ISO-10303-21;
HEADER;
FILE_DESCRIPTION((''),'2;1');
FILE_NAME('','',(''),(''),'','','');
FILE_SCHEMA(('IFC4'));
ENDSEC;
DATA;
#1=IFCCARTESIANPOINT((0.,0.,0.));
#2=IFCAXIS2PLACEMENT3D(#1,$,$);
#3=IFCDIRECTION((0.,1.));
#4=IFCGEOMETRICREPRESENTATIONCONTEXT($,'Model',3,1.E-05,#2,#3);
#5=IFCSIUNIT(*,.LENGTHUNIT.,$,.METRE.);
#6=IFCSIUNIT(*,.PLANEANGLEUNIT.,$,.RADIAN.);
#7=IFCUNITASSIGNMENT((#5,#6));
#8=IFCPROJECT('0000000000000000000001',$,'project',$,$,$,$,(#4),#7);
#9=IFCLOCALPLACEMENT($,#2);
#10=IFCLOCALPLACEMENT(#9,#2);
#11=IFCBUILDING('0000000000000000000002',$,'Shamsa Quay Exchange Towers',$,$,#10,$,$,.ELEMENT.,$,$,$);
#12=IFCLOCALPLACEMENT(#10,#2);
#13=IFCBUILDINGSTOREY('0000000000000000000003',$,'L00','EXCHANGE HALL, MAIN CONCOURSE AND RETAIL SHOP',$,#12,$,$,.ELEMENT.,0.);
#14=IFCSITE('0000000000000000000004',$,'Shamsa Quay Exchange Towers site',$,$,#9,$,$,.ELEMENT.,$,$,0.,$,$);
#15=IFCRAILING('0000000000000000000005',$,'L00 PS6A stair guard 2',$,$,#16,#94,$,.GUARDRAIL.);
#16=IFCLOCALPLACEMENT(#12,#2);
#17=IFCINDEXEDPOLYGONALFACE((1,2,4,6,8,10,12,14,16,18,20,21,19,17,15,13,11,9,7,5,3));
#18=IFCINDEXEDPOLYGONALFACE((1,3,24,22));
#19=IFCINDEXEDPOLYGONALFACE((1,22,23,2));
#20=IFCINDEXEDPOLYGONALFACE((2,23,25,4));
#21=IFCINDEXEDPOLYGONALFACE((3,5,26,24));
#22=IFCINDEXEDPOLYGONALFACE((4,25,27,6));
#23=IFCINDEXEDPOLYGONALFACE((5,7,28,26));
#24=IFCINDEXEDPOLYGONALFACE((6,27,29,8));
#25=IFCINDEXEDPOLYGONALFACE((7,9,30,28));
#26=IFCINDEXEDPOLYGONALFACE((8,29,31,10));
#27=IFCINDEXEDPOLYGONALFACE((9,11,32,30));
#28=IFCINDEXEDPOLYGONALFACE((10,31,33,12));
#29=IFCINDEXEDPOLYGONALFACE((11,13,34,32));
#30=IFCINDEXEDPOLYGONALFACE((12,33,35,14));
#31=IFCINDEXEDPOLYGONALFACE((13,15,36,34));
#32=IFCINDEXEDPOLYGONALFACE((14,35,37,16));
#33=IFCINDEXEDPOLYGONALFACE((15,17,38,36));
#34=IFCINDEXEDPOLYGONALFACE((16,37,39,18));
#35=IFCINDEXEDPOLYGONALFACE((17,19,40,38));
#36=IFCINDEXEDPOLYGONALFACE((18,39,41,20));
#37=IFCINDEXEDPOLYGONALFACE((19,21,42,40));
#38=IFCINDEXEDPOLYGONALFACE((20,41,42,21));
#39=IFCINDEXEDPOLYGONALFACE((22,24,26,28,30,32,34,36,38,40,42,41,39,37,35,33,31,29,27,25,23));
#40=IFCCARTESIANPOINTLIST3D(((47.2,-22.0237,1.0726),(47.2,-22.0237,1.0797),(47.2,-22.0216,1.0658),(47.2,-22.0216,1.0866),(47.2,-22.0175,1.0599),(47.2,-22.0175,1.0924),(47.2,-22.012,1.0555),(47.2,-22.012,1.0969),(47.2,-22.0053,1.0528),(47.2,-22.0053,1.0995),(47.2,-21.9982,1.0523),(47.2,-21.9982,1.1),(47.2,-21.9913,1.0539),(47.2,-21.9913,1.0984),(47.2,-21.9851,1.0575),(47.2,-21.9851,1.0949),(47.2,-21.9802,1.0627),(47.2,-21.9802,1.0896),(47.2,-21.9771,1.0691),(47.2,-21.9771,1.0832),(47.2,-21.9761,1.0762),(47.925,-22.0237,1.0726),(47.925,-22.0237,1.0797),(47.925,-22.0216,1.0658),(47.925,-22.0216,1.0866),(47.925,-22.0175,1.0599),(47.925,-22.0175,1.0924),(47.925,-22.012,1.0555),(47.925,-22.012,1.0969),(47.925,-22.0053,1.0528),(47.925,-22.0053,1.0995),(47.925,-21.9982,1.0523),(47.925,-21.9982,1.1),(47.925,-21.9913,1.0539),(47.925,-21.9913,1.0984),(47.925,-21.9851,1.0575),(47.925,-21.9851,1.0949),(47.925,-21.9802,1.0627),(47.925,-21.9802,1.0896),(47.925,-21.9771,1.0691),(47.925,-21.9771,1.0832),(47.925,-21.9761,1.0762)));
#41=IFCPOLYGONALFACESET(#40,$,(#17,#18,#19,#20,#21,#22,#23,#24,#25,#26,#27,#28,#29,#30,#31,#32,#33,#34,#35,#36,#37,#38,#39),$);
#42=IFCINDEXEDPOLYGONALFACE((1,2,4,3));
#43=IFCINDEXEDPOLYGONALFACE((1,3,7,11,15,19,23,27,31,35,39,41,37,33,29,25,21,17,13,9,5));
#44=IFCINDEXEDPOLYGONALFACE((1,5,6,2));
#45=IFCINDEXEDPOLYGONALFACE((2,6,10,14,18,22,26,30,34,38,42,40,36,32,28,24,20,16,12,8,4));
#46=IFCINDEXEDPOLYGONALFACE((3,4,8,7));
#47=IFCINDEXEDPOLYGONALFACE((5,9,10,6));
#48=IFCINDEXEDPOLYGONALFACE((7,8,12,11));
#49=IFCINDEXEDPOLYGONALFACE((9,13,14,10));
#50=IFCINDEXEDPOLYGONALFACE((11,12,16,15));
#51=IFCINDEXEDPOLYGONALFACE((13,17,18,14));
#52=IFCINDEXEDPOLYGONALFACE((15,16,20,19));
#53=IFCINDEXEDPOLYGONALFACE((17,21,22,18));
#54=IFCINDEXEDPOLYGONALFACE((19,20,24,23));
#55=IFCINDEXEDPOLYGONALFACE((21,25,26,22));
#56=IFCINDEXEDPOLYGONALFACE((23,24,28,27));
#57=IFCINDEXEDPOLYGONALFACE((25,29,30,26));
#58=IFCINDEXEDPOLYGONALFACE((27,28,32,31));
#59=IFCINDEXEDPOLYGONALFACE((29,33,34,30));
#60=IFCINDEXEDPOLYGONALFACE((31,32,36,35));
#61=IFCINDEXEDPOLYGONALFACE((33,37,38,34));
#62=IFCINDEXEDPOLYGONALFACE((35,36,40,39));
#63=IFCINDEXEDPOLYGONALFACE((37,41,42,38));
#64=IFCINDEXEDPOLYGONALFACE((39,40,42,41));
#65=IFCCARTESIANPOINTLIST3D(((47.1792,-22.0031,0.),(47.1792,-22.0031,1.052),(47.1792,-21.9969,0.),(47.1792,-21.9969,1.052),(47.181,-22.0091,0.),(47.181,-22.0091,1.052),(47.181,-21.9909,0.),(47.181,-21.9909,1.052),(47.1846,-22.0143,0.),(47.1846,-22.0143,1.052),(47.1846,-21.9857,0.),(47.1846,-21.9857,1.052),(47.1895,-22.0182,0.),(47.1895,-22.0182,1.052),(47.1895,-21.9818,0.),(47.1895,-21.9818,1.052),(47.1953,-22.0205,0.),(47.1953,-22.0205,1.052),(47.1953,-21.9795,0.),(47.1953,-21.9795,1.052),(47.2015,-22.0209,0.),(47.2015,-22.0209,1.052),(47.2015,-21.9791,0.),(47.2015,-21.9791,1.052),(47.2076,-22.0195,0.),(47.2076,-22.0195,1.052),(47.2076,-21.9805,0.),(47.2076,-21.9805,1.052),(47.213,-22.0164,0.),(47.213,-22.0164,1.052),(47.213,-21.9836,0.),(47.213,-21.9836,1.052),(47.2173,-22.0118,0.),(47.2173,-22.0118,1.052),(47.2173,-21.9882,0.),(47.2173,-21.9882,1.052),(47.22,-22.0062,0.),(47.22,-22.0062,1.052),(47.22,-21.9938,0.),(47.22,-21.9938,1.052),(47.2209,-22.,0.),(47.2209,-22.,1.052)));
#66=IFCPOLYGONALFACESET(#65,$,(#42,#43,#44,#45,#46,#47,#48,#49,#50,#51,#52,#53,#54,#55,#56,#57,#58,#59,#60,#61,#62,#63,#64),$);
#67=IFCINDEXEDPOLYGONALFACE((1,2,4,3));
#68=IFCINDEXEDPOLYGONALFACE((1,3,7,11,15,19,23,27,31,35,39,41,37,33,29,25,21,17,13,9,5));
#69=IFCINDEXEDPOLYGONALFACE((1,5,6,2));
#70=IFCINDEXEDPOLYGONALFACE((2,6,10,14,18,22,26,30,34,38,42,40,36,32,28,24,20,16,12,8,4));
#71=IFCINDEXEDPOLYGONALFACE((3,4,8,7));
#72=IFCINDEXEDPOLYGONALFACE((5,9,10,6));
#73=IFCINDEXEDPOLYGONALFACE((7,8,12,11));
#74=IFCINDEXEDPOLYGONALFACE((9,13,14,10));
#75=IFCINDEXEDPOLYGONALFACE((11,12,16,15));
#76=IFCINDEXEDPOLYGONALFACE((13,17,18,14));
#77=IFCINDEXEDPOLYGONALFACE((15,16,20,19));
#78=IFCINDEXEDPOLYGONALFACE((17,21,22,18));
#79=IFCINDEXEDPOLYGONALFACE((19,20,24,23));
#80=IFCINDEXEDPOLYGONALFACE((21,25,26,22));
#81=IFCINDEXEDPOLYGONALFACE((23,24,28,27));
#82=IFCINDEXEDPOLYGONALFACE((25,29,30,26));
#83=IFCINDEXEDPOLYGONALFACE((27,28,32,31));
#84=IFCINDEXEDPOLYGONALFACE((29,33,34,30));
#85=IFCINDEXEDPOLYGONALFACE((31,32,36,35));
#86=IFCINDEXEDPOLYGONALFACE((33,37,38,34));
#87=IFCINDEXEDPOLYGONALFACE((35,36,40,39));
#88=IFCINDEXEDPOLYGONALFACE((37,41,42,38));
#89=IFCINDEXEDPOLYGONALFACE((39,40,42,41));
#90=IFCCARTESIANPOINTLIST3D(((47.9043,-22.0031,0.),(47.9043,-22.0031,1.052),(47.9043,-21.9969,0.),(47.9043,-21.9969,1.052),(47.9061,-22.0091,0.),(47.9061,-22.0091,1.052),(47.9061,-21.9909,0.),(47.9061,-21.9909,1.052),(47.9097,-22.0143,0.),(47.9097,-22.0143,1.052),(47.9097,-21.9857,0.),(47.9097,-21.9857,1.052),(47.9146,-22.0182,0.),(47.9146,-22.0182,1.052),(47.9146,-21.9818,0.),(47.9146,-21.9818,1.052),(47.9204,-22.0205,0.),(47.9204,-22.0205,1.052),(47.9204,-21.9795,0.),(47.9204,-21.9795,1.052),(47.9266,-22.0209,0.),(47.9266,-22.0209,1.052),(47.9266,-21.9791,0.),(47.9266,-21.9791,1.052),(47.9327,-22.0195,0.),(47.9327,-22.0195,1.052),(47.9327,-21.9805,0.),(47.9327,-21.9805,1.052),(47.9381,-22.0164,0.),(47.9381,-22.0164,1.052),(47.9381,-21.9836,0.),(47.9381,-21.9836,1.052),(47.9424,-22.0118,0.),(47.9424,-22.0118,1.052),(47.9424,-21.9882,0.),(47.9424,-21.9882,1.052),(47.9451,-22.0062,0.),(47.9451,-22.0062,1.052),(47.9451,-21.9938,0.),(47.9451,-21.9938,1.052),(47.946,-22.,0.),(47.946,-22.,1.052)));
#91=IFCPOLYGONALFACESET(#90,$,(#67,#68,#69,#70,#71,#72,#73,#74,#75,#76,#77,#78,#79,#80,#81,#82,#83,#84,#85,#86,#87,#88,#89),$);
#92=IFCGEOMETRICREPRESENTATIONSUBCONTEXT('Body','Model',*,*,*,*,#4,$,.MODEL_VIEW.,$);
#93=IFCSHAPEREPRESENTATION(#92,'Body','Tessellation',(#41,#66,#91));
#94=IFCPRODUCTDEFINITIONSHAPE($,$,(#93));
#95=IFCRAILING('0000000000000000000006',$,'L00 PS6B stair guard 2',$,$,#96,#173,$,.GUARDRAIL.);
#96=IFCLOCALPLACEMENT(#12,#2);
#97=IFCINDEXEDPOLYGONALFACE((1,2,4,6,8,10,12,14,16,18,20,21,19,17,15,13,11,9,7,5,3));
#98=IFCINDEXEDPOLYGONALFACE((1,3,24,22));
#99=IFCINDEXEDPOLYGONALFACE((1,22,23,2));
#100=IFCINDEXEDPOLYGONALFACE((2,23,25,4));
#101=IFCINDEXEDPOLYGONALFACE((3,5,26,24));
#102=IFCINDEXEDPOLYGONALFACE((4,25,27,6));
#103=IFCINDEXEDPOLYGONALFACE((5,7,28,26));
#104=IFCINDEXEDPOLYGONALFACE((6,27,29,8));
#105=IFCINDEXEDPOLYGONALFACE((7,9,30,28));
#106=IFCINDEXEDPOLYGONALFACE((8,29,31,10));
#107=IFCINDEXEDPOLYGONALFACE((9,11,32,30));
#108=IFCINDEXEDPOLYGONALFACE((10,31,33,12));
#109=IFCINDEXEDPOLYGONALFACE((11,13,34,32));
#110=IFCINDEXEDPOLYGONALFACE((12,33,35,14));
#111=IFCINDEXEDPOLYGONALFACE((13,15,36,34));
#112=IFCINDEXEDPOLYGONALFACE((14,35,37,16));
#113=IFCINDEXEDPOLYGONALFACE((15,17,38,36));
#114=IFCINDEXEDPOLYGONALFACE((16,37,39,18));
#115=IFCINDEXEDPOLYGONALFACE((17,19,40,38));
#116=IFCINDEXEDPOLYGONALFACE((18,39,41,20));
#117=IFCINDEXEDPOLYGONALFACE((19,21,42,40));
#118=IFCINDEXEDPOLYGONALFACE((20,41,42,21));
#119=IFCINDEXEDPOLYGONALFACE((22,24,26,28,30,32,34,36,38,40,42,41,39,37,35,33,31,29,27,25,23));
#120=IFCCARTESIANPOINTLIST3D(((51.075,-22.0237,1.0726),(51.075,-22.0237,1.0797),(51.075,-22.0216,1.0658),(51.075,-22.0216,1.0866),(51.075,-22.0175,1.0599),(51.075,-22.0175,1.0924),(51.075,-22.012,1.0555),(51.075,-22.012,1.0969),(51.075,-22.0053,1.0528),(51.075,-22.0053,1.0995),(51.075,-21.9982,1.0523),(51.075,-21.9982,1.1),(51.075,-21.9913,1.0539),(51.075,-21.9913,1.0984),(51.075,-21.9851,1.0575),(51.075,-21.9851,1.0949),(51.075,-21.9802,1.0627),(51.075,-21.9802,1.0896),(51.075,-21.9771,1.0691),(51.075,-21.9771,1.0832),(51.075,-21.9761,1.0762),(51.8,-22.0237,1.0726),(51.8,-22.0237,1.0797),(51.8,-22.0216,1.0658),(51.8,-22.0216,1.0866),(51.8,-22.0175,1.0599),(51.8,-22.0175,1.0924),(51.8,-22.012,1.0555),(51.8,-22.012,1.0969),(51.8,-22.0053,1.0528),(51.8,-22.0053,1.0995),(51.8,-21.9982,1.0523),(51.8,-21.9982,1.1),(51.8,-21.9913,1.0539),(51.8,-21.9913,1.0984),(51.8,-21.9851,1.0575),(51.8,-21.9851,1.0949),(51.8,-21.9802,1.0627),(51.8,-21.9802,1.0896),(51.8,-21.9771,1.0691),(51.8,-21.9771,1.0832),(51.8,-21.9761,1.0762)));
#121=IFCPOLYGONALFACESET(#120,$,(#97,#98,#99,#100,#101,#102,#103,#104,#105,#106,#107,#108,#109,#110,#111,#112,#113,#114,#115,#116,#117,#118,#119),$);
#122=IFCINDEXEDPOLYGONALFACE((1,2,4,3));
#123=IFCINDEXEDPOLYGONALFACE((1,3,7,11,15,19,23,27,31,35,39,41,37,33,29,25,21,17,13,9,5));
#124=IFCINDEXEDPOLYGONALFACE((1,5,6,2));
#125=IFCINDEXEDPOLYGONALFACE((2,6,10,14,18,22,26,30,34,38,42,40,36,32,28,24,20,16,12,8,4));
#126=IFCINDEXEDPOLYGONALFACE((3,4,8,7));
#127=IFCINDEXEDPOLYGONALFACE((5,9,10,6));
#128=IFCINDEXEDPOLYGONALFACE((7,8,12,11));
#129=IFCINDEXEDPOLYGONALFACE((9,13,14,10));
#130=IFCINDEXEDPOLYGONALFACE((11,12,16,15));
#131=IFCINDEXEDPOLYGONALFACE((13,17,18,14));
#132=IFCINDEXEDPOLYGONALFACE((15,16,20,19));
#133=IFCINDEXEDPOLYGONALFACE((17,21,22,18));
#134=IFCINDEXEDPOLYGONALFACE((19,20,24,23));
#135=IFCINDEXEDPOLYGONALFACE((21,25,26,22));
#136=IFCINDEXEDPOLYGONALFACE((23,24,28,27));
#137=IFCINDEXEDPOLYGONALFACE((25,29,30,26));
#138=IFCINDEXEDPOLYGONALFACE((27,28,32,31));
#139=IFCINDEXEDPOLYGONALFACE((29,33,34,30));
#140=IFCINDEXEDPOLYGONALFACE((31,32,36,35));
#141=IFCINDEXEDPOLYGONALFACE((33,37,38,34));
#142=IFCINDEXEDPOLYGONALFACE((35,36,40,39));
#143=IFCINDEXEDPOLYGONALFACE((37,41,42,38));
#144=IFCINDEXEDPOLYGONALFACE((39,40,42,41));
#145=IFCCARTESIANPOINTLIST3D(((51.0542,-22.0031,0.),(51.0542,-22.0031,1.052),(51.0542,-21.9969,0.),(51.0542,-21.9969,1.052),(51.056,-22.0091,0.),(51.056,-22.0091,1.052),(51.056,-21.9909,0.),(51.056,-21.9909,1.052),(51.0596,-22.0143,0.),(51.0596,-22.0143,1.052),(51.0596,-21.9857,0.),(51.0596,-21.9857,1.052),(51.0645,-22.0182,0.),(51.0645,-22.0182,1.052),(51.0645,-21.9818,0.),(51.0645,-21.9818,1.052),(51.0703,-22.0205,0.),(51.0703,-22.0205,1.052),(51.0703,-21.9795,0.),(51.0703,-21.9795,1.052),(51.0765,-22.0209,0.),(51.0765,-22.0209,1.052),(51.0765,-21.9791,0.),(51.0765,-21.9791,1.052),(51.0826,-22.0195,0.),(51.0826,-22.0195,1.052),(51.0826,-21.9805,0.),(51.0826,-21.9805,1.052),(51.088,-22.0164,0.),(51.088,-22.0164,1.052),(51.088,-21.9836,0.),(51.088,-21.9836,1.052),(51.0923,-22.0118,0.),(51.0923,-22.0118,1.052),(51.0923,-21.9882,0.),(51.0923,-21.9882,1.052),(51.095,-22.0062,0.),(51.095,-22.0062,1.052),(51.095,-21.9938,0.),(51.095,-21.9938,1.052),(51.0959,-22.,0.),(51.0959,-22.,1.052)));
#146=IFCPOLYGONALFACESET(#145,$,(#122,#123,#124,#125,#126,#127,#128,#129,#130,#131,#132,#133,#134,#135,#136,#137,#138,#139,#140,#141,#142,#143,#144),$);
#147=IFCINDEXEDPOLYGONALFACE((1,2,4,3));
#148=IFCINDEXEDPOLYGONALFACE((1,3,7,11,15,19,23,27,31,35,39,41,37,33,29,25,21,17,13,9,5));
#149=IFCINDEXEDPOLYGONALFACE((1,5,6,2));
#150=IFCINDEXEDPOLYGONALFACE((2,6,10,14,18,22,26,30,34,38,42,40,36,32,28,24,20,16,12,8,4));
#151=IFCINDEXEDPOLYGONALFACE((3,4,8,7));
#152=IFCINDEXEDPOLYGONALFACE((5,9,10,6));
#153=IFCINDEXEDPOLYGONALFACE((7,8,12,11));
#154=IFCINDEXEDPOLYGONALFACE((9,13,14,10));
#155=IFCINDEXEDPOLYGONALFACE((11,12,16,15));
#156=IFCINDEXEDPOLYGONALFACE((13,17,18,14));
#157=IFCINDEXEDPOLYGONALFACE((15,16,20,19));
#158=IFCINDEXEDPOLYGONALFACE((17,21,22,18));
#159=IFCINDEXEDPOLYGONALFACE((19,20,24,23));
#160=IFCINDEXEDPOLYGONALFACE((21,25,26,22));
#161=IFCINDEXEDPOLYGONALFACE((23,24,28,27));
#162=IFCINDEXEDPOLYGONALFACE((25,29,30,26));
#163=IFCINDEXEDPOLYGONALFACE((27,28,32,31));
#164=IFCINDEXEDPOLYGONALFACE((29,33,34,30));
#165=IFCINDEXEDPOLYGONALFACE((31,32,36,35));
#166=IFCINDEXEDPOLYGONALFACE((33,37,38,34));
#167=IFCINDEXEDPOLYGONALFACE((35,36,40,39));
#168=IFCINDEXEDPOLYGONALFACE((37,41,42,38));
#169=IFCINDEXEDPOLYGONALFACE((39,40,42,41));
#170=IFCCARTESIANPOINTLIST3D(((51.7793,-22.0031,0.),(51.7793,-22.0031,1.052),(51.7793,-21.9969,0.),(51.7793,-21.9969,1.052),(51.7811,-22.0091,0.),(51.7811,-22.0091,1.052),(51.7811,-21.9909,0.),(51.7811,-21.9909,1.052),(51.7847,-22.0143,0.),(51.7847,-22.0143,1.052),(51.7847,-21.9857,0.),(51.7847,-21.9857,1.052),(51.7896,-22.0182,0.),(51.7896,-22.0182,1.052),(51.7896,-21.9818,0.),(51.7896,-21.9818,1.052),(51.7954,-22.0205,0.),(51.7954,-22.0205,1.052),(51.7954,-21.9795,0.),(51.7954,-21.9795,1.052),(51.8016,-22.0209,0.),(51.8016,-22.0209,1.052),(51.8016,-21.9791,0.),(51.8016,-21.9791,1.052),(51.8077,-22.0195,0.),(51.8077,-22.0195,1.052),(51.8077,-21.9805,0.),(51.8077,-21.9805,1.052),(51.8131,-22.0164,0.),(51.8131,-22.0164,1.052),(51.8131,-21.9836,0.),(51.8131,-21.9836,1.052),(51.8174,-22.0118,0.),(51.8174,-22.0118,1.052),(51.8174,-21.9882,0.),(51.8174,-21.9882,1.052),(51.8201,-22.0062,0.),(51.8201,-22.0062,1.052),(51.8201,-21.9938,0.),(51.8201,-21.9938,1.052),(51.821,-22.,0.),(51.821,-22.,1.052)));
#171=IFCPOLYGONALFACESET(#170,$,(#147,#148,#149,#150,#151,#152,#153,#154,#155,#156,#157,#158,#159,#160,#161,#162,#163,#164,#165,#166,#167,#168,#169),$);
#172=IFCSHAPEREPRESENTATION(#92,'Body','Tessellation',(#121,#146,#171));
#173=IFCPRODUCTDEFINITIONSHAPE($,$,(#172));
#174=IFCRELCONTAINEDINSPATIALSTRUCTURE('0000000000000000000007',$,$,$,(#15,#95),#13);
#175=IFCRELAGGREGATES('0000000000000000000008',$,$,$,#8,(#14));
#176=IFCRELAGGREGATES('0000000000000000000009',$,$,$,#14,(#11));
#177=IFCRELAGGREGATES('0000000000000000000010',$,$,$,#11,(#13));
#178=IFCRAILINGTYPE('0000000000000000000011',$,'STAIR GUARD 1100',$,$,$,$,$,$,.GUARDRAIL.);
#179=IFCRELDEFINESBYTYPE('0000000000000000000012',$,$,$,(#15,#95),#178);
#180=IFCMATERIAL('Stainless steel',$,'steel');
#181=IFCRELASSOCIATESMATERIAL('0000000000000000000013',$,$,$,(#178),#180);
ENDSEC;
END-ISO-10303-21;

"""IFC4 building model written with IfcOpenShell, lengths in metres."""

from ifc_helpers import new_model, si_unit, direction, frame, origin, origin_2d, place, context, subcontext, project, spatial, circle, extrude, material, type_object, element, save


model = new_model("IFC4")

# Units and contexts
model_context = context("Model", 3, precision=1e-05, world=origin(), true_north=direction((0.0, 1.0)))
body_context = subcontext(model_context, "Body", "Model", "MODEL_VIEW")
ifc_project = project(units=[si_unit("LENGTHUNIT", "METRE"), si_unit("PLANEANGLEUNIT", "RADIAN")], contexts=[model_context])

# Site, building, storey
site_placement = place(None, origin())
site = spatial("IfcSite", under=ifc_project, at=site_placement, Name="Shamsa Quay Exchange Towers site", CompositionType="ELEMENT", RefElevation=0.0)
building_placement = place(site_placement, origin())
building = spatial("IfcBuilding", under=site, at=building_placement, Name="Shamsa Quay Exchange Towers", CompositionType="ELEMENT")
storey_placement = place(building_placement, origin())
storey = spatial("IfcBuildingStorey", under=building, at=storey_placement, Name="L00", Description="EXCHANGE HALL, MAIN CONCOURSE AND RETAIL SHOP", CompositionType="ELEMENT", Elevation=0.0)

# Railings
ifc_material_1 = material(Name="Stainless steel", Category="steel")
railing_type_1 = type_object("IfcRailingType", Name="STAIR GUARD 1100", PredefinedType="GUARDRAIL", material=ifc_material_1)
railing_1_placement = place(storey_placement, frame((47.2, -22.0, 0.0)))
element("IfcRailing", 1, at=railing_1_placement, inside=storey, type_object=railing_type_1, Name="L00 PS6A stair guard 2", PredefinedType="GUARDRAIL", context=body_context, shape_type="SweptSolid", body=[
    extrude(circle(Radius=0.0239, at=origin_2d()), frame((0.0, 0.0, 1.0762), z_axis=(1.0, 0.0, 0.0), x_axis=(0.0, 1.0, 0.0)), (0.0, 0.0, 1.0), 0.7251),
    extrude(circle(Radius=0.021, at=origin_2d()), origin(), (0.0, 0.0, 1.0), 1.052),
    extrude(circle(Radius=0.021, at=origin_2d()), frame((0.7251, 0.0, 0.0)), (0.0, 0.0, 1.0), 1.052),
])
railing_2_placement = place(storey_placement, frame((51.075, -22.0, 0.0)))
element("IfcRailing", 2, at=railing_2_placement, inside=storey, type_object=railing_type_1, Name="L00 PS6B stair guard 2", PredefinedType="GUARDRAIL", context=body_context, shape_type="SweptSolid", body=[
    extrude(circle(Radius=0.0239, at=origin_2d()), frame((0.0, 0.0, 1.0762), z_axis=(1.0, 0.0, 0.0), x_axis=(0.0, 1.0, 0.0)), (0.0, 0.0, 1.0), 0.7251),
    extrude(circle(Radius=0.021, at=origin_2d()), origin(), (0.0, 0.0, 1.0), 1.052),
    extrude(circle(Radius=0.021, at=origin_2d()), frame((0.7251, 0.0, 0.0)), (0.0, 0.0, 1.0), 1.052),
])

save(model, "model.ifc")
